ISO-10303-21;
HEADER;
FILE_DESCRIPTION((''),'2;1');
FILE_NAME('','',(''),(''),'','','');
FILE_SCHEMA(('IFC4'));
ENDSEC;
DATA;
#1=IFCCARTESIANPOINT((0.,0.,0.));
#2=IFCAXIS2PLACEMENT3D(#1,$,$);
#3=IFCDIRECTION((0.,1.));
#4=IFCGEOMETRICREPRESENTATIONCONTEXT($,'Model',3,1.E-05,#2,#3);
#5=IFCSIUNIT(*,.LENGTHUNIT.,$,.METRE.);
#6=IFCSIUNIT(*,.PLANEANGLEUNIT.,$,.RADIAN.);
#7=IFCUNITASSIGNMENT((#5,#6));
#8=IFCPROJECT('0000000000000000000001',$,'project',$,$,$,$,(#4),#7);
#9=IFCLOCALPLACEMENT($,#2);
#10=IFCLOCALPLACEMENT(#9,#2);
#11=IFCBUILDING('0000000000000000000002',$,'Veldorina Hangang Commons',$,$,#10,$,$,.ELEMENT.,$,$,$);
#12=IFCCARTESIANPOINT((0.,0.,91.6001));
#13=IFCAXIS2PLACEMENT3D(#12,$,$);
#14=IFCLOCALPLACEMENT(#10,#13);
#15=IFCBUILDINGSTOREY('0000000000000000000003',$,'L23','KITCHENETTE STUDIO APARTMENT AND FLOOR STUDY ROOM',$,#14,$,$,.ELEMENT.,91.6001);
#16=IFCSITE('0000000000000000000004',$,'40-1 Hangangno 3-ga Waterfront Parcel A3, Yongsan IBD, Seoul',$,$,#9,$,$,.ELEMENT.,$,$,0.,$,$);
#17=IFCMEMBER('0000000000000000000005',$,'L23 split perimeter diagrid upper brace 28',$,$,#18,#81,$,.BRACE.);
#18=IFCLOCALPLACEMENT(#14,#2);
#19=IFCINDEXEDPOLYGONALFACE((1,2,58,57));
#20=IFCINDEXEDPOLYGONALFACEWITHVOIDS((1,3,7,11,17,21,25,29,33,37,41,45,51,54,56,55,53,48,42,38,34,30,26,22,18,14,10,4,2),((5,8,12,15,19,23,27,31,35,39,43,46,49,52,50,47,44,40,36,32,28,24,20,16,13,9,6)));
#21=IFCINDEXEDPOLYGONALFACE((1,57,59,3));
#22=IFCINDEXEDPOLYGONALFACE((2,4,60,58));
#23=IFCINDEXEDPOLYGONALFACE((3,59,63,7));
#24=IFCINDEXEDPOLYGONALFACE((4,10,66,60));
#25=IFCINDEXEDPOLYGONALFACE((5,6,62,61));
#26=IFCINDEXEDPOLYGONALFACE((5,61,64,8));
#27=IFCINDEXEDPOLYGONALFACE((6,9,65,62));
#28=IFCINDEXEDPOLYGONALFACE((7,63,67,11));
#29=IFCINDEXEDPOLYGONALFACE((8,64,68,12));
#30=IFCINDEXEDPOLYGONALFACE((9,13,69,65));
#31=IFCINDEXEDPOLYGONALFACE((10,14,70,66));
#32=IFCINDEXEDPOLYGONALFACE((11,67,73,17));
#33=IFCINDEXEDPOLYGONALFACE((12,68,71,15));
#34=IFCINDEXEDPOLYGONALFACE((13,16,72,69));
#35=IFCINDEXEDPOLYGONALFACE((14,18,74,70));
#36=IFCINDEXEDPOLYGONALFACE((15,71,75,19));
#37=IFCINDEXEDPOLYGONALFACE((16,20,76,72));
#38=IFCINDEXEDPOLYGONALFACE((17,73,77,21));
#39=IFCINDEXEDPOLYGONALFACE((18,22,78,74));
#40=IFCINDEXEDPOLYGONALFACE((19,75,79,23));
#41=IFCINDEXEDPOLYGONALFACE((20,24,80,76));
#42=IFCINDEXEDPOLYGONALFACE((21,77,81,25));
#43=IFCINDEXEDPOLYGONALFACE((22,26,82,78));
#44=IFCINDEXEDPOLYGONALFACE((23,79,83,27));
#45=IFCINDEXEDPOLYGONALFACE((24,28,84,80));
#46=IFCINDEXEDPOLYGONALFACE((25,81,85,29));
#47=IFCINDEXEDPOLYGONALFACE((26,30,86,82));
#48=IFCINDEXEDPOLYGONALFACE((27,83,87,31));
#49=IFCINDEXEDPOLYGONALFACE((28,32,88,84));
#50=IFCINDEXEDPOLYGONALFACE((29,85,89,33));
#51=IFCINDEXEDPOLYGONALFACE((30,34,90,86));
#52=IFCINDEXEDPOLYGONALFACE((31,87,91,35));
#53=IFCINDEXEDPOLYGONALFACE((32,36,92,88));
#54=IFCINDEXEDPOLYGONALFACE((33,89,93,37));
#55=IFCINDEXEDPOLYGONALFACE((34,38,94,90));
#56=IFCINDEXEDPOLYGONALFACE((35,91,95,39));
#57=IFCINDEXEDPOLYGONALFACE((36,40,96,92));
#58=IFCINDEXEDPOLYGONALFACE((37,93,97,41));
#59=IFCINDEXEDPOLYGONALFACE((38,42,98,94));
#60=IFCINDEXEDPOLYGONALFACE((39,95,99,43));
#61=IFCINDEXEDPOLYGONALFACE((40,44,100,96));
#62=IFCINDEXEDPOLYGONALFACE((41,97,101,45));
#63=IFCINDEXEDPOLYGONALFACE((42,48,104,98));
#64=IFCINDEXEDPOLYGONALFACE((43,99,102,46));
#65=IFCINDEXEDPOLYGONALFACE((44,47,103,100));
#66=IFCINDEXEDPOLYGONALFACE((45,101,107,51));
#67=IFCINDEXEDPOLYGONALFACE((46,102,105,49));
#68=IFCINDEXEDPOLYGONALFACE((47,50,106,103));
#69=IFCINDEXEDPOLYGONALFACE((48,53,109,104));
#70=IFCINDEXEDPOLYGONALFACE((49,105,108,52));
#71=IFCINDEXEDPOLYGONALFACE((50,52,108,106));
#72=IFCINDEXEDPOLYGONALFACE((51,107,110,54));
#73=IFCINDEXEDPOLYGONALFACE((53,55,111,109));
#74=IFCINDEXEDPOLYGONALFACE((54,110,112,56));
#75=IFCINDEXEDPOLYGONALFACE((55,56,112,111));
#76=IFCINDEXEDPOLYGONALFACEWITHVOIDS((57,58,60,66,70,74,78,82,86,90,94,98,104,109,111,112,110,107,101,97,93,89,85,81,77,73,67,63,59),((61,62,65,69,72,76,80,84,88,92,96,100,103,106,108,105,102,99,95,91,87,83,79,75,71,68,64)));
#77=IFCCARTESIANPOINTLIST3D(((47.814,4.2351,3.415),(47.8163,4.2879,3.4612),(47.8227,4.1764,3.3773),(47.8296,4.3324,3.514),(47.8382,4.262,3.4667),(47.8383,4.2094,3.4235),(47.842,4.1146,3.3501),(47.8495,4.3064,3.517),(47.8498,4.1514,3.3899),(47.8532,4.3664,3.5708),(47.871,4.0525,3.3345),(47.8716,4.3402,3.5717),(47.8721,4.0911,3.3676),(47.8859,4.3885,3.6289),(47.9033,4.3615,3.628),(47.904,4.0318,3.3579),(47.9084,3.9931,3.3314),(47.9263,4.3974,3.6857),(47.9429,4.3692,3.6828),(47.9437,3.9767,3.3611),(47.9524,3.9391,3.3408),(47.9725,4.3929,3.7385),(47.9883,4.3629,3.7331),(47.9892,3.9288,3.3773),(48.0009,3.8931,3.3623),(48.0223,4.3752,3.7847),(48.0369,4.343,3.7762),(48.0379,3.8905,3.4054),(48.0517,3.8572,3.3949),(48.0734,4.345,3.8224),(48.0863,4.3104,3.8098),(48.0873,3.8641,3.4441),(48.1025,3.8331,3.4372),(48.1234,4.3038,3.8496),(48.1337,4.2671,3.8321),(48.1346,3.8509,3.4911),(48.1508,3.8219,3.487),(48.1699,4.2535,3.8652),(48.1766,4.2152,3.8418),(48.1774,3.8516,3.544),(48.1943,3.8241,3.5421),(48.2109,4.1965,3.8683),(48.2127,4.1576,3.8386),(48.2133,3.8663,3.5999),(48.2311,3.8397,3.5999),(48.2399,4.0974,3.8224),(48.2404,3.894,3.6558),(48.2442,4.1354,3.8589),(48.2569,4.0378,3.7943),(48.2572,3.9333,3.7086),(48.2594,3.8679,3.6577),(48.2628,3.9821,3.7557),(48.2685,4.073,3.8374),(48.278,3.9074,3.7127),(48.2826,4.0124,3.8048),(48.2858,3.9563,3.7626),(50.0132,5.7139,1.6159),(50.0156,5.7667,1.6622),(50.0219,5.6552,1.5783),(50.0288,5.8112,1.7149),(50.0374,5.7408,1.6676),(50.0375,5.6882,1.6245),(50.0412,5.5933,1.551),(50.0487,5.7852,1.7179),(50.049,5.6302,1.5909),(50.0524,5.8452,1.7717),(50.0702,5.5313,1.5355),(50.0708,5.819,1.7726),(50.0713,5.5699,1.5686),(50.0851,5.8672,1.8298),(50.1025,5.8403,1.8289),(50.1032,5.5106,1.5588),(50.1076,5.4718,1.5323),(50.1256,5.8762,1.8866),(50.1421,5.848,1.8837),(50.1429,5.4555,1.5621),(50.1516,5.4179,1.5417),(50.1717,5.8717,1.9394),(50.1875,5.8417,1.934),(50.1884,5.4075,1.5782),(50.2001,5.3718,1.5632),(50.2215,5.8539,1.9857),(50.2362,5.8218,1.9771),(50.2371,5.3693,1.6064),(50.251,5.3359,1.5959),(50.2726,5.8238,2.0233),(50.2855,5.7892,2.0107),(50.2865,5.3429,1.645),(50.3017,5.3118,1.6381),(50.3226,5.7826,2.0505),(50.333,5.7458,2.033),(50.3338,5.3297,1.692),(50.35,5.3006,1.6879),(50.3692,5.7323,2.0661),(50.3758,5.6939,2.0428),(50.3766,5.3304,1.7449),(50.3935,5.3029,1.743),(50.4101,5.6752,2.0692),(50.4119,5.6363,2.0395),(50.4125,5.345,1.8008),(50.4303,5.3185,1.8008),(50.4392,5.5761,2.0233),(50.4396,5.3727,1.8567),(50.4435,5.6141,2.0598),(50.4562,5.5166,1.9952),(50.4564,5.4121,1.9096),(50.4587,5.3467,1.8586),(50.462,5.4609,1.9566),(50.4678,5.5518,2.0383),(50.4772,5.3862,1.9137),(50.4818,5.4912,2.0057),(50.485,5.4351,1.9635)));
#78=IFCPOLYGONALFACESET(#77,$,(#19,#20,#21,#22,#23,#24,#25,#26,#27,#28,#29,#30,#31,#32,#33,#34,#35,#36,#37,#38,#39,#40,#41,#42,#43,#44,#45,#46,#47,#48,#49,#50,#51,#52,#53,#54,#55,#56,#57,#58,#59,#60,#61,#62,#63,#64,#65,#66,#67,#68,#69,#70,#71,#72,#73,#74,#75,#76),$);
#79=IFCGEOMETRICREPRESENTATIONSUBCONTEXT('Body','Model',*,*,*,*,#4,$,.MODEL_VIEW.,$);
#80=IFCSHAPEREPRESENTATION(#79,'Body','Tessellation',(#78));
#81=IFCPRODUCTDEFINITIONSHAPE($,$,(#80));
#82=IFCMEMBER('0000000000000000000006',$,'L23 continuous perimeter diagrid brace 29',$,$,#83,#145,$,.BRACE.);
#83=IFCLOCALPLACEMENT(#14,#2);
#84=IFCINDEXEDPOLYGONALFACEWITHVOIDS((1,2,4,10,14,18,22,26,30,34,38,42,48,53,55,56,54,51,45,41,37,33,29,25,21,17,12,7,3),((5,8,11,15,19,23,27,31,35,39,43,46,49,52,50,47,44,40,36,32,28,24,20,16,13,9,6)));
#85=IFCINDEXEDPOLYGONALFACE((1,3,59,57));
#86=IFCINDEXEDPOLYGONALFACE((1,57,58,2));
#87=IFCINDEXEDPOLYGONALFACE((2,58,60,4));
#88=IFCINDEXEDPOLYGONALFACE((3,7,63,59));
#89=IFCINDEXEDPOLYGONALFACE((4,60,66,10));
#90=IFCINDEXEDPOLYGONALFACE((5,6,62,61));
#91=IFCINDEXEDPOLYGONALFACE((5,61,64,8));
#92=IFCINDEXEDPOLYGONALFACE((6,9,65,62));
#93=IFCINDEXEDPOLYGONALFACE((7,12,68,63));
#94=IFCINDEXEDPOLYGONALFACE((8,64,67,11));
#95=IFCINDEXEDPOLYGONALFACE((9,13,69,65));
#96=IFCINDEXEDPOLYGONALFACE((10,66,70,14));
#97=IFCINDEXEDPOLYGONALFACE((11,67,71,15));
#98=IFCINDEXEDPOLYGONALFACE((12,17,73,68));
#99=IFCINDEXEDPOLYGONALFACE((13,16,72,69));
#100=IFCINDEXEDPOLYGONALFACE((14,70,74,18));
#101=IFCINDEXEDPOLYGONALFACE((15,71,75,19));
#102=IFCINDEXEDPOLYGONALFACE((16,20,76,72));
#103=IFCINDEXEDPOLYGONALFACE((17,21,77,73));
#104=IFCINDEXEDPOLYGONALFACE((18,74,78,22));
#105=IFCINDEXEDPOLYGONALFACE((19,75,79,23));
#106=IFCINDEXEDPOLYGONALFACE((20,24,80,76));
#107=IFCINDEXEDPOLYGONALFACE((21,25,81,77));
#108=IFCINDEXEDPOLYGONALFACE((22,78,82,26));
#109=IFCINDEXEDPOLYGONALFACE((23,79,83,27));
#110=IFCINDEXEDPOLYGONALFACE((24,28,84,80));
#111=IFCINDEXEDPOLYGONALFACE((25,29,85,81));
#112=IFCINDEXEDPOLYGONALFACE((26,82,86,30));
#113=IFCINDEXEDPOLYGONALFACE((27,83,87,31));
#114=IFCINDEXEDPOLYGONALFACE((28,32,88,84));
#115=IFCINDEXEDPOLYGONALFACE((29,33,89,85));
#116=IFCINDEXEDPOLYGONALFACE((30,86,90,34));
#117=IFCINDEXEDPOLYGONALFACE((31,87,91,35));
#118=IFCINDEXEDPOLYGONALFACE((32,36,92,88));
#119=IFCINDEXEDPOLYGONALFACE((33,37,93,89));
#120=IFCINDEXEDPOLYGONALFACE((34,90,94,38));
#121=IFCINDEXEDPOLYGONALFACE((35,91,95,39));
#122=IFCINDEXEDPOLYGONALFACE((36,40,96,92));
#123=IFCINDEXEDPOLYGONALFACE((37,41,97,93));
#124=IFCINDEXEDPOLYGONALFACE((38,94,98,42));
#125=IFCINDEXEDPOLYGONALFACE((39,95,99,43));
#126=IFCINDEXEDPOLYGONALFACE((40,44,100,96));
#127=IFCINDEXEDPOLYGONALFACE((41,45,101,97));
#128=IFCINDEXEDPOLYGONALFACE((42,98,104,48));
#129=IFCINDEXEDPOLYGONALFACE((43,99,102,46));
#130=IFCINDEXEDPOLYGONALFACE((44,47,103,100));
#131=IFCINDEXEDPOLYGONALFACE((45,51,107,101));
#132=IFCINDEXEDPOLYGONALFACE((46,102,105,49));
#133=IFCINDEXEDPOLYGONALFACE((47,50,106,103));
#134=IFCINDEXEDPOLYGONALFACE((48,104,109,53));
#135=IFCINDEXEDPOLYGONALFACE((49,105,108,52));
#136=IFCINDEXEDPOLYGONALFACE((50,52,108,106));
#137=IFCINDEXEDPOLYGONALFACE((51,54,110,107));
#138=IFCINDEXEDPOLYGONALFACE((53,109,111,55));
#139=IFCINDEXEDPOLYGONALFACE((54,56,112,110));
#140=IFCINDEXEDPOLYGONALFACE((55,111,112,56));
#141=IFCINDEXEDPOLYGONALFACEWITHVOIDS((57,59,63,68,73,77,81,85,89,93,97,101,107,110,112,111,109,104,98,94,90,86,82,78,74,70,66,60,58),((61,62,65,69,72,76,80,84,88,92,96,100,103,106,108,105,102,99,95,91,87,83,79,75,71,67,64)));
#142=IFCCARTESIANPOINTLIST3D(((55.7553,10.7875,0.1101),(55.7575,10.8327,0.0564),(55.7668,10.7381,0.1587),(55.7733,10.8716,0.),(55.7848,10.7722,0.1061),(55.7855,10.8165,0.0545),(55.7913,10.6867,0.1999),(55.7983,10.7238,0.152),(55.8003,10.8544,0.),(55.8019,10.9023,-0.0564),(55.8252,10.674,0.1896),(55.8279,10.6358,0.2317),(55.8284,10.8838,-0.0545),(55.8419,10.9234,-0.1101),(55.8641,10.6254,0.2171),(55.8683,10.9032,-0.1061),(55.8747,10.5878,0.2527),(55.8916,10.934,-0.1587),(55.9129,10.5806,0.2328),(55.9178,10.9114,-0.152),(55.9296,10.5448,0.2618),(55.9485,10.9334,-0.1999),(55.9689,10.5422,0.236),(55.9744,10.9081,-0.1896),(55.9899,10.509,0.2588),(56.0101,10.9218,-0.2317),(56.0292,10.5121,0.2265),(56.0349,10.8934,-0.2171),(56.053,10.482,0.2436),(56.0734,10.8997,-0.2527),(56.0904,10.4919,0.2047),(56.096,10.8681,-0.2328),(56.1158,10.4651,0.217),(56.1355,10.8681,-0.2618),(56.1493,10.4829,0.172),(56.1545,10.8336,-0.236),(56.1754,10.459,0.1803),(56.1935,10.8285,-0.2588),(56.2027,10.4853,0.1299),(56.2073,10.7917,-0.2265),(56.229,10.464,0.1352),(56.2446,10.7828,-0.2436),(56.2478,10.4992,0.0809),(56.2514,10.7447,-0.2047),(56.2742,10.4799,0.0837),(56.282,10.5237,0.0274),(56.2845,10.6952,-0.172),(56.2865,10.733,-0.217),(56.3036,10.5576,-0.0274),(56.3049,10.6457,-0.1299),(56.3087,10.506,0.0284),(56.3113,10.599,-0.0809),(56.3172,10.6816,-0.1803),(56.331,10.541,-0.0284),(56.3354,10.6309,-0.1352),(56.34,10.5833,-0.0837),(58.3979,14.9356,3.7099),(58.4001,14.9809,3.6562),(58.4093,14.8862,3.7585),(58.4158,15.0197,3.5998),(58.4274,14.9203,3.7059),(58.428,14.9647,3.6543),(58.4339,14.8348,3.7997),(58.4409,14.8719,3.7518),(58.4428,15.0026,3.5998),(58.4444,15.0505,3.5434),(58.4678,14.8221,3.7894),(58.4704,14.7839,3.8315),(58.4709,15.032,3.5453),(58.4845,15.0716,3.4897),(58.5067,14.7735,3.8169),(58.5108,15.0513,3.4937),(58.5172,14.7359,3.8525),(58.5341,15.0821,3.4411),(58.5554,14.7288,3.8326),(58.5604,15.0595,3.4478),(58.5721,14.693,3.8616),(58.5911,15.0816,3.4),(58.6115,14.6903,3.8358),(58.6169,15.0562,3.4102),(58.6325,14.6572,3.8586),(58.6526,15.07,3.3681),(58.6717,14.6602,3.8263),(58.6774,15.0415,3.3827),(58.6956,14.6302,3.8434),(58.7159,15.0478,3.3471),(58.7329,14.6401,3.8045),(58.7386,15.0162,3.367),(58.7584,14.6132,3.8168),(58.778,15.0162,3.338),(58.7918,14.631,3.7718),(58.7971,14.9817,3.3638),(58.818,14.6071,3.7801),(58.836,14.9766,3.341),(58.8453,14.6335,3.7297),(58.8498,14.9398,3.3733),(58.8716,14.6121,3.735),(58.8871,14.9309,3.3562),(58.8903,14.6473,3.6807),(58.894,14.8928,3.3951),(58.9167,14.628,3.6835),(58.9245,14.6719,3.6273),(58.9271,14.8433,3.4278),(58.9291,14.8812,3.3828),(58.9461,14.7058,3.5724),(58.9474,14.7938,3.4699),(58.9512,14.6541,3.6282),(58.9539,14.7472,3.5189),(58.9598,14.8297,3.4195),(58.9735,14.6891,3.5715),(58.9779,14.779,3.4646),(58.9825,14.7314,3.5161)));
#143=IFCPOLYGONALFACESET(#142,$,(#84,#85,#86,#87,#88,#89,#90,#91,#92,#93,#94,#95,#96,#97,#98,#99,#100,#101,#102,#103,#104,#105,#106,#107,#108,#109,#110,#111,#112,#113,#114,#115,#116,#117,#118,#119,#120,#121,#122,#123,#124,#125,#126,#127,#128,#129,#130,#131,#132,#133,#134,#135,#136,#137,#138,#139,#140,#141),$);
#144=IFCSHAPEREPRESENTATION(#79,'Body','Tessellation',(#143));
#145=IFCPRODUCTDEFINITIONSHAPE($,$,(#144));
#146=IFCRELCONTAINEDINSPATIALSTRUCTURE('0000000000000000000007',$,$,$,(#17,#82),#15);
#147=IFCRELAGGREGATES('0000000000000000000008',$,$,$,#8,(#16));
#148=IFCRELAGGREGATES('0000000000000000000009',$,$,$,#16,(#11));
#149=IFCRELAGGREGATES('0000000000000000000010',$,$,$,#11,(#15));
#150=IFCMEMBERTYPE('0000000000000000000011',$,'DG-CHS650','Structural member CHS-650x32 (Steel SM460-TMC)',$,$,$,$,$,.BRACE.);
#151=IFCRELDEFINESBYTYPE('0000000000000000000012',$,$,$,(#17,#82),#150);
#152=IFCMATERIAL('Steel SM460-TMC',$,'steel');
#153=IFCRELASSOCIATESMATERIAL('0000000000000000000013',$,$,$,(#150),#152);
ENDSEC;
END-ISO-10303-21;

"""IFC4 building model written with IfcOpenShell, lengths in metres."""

from ifc_helpers import new_model, si_unit, direction, frame, origin, origin_2d, place, context, subcontext, project, spatial, hollow_circle, extrude, material, material_profile, profile_set, type_object, element, save


model = new_model("IFC4")

# Units and contexts
model_context = context("Model", 3, precision=1e-05, world=origin(), true_north=direction((0.0, 1.0)))
body_context = subcontext(model_context, "Body", "Model", "MODEL_VIEW")
ifc_project = project(units=[si_unit("LENGTHUNIT", "METRE"), si_unit("PLANEANGLEUNIT", "RADIAN")], contexts=[model_context])

# Site, building, storey
site_placement = place(None, origin())
site = spatial("IfcSite", under=ifc_project, at=site_placement, Name="40-1 Hangangno 3-ga Waterfront Parcel A3, Yongsan IBD, Seoul", CompositionType="ELEMENT", RefElevation=0.0)
building_placement = place(site_placement, origin())
building = spatial("IfcBuilding", under=site, at=building_placement, Name="Veldorina Hangang Commons", CompositionType="ELEMENT")
storey_placement = place(building_placement, frame((0.0, 0.0, 91.6001)))
storey = spatial("IfcBuildingStorey", under=building, at=storey_placement, Name="L23", Description="KITCHENETTE STUDIO APARTMENT AND FLOOR STUDY ROOM", CompositionType="ELEMENT", Elevation=91.6001)

# Members
ifc_material_1 = material(Name="Steel SM460-TMC", Category="steel")
ifc_material_profile_1 = material_profile(ifc_material_1, hollow_circle(Radius=0.325, WallThickness=0.032, at=origin_2d()), Name="CHS-650x32")
ifc_profile_set_1 = profile_set([ifc_material_profile_1], Name="Steel SM460-TMC")
member_type_1 = type_object("IfcMemberType", Name="DG-CHS650", Description="Structural member CHS-650x32 (Steel SM460-TMC)", PredefinedType="BRACE", material=ifc_profile_set_1)
member_1_placement = place(storey_placement, frame((50.249, 5.5881, 1.8008), z_axis=(-0.686587, -0.461663, 0.561663), x_axis=(0.557991, -0.829847, 0.0)))
element("IfcMember", 1, at=member_1_placement, inside=storey, type_object=member_type_1, Name="L23 split perimeter diagrid upper brace 28", PredefinedType="BRACE", context=body_context, shape_type="SweptSolid", body=[
    extrude(hollow_circle(Radius=0.325, WallThickness=0.032, at=origin_2d()), origin(), (0.0, 0.0, 1.0), 3.2031),
])
member_2_placement = place(storey_placement, frame((56.0474, 10.697, 0.0), z_axis=(0.433561, 0.680584, 0.590619), x_axis=(-0.843402, 0.537283, 0.0)))
element("IfcMember", 2, at=member_2_placement, inside=storey, type_object=member_type_1, Name="L23 continuous perimeter diagrid brace 29", PredefinedType="BRACE", context=body_context, shape_type="SweptSolid", body=[
    extrude(hollow_circle(Radius=0.325, WallThickness=0.032, at=origin_2d()), origin(), (0.0, 0.0, 1.0), 6.095),
])

save(model, "model.ifc")
